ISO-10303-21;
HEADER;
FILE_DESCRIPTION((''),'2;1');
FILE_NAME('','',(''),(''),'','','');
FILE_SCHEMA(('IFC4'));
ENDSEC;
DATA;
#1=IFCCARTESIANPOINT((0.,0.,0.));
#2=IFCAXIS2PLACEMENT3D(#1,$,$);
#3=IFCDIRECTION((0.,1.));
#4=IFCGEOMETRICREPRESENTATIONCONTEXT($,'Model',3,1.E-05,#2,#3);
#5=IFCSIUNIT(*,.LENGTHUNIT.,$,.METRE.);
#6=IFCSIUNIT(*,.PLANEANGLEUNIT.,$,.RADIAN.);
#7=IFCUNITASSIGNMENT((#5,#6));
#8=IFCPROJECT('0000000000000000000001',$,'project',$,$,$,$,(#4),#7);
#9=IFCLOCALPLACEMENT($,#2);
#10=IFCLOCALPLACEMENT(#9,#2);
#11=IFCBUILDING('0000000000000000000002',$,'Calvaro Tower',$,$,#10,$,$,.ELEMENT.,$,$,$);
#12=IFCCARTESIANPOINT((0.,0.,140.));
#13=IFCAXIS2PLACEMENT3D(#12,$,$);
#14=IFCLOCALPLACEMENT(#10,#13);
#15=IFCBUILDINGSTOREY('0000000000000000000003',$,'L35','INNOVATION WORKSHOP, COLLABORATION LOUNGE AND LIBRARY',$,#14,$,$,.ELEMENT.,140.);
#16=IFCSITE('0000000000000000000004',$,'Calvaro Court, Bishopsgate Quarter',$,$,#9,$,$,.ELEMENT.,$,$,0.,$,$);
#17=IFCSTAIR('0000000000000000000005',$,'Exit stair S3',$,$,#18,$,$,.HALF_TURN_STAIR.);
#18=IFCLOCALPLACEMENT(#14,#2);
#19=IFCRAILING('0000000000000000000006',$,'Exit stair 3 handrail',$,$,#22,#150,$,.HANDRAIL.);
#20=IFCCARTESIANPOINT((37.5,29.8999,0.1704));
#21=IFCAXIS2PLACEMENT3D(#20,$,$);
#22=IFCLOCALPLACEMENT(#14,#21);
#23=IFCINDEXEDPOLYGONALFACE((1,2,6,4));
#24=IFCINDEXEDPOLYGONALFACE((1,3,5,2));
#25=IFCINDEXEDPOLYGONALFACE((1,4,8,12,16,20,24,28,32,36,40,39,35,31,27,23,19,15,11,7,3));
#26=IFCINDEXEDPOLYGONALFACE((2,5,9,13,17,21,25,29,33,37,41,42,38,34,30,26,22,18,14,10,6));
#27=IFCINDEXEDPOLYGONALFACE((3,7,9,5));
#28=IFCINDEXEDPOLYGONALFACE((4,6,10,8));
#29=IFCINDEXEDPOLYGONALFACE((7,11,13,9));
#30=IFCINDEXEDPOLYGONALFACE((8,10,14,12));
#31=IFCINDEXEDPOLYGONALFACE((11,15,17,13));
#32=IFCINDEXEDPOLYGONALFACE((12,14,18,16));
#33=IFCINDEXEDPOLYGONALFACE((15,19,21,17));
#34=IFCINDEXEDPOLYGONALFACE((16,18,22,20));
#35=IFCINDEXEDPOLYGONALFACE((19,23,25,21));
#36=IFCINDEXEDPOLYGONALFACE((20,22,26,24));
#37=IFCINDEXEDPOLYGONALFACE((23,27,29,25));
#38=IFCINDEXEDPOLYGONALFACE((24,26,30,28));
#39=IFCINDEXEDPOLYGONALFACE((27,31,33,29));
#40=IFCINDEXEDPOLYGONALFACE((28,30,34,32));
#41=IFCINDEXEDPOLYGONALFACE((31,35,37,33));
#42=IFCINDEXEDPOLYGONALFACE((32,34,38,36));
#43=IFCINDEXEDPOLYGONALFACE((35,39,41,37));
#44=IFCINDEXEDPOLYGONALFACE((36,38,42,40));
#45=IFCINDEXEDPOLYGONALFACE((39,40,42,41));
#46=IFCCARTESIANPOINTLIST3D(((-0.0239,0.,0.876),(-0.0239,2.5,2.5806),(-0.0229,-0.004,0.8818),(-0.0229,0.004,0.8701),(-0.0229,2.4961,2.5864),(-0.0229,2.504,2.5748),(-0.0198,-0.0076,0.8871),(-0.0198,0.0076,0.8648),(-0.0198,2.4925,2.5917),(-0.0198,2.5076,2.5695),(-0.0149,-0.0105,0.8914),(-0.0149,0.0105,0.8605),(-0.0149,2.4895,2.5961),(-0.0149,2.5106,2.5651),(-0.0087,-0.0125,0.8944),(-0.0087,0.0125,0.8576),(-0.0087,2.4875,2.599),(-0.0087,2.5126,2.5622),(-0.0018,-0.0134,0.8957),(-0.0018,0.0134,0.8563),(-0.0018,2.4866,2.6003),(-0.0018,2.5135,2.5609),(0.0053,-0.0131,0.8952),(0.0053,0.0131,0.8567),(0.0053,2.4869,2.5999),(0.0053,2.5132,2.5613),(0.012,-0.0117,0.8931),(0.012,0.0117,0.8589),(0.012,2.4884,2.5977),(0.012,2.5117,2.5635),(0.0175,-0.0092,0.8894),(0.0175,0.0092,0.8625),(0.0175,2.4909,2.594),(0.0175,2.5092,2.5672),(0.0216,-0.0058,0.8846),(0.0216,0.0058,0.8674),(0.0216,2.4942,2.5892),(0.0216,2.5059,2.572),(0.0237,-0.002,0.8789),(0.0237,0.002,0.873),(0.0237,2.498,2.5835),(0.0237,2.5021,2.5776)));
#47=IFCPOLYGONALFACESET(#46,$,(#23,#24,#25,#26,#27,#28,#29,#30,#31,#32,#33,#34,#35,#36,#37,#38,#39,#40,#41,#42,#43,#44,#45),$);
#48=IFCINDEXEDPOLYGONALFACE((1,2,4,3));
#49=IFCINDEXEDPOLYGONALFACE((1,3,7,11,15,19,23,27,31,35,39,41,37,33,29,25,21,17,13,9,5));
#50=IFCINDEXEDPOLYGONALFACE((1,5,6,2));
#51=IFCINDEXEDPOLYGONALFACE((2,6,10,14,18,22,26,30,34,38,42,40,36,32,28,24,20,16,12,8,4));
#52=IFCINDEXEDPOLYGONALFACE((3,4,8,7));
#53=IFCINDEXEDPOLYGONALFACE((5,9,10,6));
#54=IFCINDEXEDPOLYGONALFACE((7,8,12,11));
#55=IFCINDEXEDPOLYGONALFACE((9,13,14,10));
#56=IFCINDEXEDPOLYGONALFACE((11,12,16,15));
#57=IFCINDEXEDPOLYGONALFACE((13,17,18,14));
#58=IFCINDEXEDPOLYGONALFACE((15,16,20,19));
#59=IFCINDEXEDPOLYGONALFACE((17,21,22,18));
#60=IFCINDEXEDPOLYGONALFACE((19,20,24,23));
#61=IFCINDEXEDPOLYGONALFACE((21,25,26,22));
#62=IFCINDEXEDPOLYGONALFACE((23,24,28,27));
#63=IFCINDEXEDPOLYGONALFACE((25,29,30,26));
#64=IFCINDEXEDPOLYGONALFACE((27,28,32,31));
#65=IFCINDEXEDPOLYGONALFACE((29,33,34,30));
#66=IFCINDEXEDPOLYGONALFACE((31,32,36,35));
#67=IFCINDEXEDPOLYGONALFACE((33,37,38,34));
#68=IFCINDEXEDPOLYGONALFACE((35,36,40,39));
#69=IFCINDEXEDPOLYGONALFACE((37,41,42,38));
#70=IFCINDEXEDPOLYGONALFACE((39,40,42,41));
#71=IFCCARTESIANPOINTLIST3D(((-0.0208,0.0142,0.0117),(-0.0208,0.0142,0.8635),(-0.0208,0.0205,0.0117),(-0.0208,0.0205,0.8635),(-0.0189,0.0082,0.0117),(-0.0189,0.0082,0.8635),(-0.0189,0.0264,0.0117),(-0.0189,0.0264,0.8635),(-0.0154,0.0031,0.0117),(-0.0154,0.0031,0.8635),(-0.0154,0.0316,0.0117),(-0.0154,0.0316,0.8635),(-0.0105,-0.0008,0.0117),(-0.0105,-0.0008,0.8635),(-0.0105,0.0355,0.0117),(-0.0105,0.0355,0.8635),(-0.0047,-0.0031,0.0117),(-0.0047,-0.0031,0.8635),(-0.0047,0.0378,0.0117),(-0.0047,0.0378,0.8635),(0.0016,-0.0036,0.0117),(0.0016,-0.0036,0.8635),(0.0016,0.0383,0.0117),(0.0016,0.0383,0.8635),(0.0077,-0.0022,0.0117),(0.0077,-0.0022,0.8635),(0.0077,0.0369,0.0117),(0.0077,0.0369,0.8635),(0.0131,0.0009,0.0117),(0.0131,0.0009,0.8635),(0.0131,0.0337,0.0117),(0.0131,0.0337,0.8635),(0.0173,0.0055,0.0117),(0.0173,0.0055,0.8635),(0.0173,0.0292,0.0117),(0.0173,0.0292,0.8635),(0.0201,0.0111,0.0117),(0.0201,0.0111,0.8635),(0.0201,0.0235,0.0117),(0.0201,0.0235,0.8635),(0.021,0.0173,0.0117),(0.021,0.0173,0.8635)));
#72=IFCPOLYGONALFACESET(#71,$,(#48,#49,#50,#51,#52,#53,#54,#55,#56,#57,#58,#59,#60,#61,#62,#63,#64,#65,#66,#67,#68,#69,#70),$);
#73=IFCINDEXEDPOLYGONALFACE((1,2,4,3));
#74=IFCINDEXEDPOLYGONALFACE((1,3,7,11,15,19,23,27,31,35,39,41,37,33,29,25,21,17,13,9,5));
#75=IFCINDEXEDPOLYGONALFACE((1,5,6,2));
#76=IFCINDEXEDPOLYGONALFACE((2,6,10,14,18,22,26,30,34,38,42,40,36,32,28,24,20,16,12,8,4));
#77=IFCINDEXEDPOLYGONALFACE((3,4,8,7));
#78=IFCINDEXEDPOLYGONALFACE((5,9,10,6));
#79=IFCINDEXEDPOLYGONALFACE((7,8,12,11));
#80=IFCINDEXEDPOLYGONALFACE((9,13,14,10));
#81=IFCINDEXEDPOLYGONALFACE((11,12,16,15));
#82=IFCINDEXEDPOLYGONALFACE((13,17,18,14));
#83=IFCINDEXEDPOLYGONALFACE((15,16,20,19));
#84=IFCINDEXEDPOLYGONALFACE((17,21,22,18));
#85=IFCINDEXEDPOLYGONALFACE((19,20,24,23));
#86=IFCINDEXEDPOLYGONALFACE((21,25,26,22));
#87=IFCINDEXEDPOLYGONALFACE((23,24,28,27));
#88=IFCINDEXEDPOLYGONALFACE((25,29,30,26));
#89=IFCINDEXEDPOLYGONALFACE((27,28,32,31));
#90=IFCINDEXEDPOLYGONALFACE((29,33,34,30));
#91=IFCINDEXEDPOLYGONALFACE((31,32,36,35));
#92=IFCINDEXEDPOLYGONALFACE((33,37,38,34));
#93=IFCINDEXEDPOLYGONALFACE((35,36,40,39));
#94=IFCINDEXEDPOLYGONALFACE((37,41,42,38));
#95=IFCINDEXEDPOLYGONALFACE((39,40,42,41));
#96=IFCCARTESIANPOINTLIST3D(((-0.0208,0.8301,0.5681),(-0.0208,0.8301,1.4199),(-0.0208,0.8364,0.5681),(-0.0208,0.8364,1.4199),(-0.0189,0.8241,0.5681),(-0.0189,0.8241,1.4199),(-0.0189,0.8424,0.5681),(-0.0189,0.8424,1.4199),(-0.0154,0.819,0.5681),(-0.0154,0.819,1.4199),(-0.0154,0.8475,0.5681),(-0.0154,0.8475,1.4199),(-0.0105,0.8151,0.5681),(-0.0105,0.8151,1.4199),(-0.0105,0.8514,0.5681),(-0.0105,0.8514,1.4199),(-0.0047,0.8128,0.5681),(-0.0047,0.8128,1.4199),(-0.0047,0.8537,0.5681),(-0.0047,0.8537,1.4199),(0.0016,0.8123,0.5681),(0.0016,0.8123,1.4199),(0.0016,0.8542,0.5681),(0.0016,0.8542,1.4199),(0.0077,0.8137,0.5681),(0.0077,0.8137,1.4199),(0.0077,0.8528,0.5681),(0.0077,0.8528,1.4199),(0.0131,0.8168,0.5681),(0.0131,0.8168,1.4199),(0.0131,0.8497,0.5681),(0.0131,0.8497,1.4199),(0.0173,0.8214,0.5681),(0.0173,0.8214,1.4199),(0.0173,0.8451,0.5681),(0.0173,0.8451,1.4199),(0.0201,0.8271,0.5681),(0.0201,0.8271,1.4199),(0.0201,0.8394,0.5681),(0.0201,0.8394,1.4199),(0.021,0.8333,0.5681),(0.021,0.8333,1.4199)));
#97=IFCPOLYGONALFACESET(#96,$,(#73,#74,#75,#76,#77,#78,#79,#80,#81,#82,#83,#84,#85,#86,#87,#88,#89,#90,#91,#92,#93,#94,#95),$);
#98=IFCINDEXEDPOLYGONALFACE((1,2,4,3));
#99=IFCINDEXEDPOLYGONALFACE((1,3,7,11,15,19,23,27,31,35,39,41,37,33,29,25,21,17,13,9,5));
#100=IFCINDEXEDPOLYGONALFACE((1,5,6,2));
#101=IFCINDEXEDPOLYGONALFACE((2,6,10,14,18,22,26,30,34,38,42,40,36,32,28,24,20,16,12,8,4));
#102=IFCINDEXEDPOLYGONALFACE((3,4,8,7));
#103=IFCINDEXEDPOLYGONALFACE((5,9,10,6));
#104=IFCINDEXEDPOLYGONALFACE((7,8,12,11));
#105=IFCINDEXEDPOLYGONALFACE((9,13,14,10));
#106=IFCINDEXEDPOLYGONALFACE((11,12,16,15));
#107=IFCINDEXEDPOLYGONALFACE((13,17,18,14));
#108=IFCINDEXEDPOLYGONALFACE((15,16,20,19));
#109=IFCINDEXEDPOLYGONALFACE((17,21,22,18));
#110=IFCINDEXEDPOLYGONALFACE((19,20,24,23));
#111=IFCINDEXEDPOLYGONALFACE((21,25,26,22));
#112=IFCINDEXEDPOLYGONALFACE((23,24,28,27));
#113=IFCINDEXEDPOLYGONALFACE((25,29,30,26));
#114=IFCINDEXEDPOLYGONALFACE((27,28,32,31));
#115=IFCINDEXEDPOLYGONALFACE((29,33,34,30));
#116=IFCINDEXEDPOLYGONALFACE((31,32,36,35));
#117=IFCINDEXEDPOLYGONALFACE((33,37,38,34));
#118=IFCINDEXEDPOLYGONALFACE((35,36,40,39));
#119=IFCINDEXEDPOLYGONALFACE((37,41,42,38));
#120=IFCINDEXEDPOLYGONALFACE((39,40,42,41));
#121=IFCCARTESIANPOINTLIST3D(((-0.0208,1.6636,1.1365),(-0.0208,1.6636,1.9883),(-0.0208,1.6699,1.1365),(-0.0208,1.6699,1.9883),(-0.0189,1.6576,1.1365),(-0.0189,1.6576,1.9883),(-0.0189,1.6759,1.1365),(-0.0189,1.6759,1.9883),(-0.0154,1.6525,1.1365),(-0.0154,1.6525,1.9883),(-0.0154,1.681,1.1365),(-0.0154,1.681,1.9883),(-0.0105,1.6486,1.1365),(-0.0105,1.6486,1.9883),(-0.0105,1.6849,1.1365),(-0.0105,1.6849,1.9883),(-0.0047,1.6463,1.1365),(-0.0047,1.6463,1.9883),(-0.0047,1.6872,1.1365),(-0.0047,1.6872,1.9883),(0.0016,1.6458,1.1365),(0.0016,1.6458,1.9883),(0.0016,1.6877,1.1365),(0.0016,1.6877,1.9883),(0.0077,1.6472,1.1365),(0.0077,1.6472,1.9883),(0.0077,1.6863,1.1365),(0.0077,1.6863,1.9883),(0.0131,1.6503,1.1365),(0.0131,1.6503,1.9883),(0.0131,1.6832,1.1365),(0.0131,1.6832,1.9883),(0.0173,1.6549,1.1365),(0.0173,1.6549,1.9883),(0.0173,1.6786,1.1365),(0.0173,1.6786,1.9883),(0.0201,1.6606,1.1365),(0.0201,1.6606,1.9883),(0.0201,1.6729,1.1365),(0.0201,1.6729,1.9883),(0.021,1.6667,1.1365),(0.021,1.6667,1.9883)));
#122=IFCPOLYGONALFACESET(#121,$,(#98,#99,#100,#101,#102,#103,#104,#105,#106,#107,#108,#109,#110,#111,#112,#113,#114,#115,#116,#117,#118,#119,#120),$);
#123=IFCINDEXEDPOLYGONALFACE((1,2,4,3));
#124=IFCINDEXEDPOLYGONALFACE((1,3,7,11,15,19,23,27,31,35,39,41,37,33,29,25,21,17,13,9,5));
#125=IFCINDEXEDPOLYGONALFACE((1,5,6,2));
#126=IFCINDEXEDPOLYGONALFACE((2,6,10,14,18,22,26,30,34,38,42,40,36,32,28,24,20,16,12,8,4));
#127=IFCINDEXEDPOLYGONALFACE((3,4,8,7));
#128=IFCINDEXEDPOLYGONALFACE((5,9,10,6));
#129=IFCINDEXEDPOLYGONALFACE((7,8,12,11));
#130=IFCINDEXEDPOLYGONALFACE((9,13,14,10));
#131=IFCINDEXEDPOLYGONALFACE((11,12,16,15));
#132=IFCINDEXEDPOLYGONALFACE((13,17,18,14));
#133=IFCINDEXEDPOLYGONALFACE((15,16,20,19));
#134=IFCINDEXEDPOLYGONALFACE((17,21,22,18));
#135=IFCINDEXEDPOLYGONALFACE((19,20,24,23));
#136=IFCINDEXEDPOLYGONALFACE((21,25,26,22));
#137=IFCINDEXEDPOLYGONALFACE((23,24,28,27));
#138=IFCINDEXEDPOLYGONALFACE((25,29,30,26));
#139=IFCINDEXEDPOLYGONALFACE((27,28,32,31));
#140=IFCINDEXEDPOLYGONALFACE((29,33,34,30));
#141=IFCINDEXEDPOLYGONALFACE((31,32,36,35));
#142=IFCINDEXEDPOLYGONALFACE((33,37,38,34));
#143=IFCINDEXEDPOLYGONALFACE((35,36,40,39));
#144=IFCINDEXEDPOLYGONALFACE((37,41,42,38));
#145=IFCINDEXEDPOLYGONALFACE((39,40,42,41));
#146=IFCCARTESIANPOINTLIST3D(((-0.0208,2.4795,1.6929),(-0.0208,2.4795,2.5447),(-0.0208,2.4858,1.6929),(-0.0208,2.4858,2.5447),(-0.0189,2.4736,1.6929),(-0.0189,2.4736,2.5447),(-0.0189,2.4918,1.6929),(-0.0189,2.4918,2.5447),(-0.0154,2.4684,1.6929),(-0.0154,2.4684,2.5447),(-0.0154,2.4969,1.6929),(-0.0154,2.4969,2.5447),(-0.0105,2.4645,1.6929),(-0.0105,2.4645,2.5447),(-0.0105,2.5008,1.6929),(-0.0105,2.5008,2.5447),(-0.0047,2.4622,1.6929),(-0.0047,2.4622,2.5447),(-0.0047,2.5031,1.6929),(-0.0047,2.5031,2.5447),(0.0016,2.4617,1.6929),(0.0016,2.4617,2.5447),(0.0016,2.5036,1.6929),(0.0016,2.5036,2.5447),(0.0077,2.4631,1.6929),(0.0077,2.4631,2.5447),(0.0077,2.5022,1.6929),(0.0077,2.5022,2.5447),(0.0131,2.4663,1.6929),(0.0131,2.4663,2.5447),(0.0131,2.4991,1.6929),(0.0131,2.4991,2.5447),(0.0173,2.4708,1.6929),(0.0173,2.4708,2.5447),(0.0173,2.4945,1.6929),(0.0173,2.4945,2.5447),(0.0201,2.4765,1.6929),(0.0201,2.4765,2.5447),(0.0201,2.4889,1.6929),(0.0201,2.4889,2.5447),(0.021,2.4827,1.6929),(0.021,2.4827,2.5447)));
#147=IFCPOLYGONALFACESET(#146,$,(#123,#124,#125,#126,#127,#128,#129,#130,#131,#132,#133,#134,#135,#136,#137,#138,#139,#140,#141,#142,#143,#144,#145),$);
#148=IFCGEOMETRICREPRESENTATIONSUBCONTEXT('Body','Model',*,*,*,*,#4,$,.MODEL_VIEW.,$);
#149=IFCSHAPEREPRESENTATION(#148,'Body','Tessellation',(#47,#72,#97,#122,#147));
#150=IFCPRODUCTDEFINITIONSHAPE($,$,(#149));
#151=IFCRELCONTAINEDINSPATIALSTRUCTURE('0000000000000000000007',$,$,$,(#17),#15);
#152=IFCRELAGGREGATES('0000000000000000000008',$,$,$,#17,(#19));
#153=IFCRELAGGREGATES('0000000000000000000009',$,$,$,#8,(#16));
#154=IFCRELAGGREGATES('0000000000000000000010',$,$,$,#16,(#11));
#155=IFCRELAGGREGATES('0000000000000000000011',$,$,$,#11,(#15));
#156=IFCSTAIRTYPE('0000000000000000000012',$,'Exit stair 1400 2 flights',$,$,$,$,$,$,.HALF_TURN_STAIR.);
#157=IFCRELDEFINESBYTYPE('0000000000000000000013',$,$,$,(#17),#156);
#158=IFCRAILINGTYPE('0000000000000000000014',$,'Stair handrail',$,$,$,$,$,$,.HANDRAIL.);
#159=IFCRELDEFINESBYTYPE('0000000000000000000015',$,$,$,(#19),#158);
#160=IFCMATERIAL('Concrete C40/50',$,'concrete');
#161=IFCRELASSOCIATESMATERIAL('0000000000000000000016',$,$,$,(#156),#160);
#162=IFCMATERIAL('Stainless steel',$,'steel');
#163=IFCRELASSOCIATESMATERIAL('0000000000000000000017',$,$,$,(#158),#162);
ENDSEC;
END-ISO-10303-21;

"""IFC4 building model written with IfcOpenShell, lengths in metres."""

from ifc_helpers import new_model, si_unit, direction, frame, origin, origin_2d, place, context, subcontext, project, spatial, circle, extrude, material, type_object, element, aggregate, save


model = new_model("IFC4")

# Units and contexts
model_context = context("Model", 3, precision=1e-05, world=origin(), true_north=direction((0.0, 1.0)))
body_context = subcontext(model_context, "Body", "Model", "MODEL_VIEW")
ifc_project = project(units=[si_unit("LENGTHUNIT", "METRE"), si_unit("PLANEANGLEUNIT", "RADIAN")], contexts=[model_context])

# Site, building, storey
site_placement = place(None, origin())
site = spatial("IfcSite", under=ifc_project, at=site_placement, Name="Calvaro Court, Bishopsgate Quarter", CompositionType="ELEMENT", RefElevation=0.0)
building_placement = place(site_placement, origin())
building = spatial("IfcBuilding", under=site, at=building_placement, Name="Calvaro Tower", CompositionType="ELEMENT")
storey_placement = place(building_placement, frame((0.0, 0.0, 140.0)))
storey = spatial("IfcBuildingStorey", under=building, at=storey_placement, Name="L35", Description="INNOVATION WORKSHOP, COLLABORATION LOUNGE AND LIBRARY", CompositionType="ELEMENT", Elevation=140.0)

# Stair
ifc_material_1 = material(Name="Concrete C40/50", Category="concrete")
stair_type = type_object("IfcStairType", Name="Exit stair 1400 2 flights", PredefinedType="HALF_TURN_STAIR", material=ifc_material_1)
stair_1_placement = place(storey_placement, origin())
stair_1 = element("IfcStair", 1, at=stair_1_placement, inside=storey, type_object=stair_type, Name="Exit stair S3", PredefinedType="HALF_TURN_STAIR")

# Railing
ifc_material_2 = material(Name="Stainless steel", Category="steel")
railing_type = type_object("IfcRailingType", Name="Stair handrail", PredefinedType="HANDRAIL", material=ifc_material_2)
railing_1_placement = place(storey_placement, frame((37.5, 29.8999, 0.1704)))
railing_1 = element("IfcRailing", 2, at=railing_1_placement, type_object=railing_type, Name="Exit stair 3 handrail", PredefinedType="HANDRAIL", context=body_context, shape_type="SweptSolid", body=[
    extrude(circle(Radius=0.0239, at=origin_2d()), frame((0.0, 0.0, 0.876), z_axis=(0.0, 0.826221, 0.563347), x_axis=(-1.0, 0.0, 0.0)), (0.0, 0.0, 1.0), 3.0259),
    extrude(circle(Radius=0.021, at=origin_2d()), frame((0.0, 0.0173, 0.0117)), (0.0, 0.0, 1.0), 0.8518),
    extrude(circle(Radius=0.021, at=origin_2d()), frame((0.0, 0.8333, 0.5681)), (0.0, 0.0, 1.0), 0.8518),
    extrude(circle(Radius=0.021, at=origin_2d()), frame((0.0, 1.6667, 1.1365)), (0.0, 0.0, 1.0), 0.8518),
    extrude(circle(Radius=0.021, at=origin_2d()), frame((0.0, 2.4827, 1.6929)), (0.0, 0.0, 1.0), 0.8518),
])
aggregate(stair_1, [railing_1])

save(model, "model.ifc")
